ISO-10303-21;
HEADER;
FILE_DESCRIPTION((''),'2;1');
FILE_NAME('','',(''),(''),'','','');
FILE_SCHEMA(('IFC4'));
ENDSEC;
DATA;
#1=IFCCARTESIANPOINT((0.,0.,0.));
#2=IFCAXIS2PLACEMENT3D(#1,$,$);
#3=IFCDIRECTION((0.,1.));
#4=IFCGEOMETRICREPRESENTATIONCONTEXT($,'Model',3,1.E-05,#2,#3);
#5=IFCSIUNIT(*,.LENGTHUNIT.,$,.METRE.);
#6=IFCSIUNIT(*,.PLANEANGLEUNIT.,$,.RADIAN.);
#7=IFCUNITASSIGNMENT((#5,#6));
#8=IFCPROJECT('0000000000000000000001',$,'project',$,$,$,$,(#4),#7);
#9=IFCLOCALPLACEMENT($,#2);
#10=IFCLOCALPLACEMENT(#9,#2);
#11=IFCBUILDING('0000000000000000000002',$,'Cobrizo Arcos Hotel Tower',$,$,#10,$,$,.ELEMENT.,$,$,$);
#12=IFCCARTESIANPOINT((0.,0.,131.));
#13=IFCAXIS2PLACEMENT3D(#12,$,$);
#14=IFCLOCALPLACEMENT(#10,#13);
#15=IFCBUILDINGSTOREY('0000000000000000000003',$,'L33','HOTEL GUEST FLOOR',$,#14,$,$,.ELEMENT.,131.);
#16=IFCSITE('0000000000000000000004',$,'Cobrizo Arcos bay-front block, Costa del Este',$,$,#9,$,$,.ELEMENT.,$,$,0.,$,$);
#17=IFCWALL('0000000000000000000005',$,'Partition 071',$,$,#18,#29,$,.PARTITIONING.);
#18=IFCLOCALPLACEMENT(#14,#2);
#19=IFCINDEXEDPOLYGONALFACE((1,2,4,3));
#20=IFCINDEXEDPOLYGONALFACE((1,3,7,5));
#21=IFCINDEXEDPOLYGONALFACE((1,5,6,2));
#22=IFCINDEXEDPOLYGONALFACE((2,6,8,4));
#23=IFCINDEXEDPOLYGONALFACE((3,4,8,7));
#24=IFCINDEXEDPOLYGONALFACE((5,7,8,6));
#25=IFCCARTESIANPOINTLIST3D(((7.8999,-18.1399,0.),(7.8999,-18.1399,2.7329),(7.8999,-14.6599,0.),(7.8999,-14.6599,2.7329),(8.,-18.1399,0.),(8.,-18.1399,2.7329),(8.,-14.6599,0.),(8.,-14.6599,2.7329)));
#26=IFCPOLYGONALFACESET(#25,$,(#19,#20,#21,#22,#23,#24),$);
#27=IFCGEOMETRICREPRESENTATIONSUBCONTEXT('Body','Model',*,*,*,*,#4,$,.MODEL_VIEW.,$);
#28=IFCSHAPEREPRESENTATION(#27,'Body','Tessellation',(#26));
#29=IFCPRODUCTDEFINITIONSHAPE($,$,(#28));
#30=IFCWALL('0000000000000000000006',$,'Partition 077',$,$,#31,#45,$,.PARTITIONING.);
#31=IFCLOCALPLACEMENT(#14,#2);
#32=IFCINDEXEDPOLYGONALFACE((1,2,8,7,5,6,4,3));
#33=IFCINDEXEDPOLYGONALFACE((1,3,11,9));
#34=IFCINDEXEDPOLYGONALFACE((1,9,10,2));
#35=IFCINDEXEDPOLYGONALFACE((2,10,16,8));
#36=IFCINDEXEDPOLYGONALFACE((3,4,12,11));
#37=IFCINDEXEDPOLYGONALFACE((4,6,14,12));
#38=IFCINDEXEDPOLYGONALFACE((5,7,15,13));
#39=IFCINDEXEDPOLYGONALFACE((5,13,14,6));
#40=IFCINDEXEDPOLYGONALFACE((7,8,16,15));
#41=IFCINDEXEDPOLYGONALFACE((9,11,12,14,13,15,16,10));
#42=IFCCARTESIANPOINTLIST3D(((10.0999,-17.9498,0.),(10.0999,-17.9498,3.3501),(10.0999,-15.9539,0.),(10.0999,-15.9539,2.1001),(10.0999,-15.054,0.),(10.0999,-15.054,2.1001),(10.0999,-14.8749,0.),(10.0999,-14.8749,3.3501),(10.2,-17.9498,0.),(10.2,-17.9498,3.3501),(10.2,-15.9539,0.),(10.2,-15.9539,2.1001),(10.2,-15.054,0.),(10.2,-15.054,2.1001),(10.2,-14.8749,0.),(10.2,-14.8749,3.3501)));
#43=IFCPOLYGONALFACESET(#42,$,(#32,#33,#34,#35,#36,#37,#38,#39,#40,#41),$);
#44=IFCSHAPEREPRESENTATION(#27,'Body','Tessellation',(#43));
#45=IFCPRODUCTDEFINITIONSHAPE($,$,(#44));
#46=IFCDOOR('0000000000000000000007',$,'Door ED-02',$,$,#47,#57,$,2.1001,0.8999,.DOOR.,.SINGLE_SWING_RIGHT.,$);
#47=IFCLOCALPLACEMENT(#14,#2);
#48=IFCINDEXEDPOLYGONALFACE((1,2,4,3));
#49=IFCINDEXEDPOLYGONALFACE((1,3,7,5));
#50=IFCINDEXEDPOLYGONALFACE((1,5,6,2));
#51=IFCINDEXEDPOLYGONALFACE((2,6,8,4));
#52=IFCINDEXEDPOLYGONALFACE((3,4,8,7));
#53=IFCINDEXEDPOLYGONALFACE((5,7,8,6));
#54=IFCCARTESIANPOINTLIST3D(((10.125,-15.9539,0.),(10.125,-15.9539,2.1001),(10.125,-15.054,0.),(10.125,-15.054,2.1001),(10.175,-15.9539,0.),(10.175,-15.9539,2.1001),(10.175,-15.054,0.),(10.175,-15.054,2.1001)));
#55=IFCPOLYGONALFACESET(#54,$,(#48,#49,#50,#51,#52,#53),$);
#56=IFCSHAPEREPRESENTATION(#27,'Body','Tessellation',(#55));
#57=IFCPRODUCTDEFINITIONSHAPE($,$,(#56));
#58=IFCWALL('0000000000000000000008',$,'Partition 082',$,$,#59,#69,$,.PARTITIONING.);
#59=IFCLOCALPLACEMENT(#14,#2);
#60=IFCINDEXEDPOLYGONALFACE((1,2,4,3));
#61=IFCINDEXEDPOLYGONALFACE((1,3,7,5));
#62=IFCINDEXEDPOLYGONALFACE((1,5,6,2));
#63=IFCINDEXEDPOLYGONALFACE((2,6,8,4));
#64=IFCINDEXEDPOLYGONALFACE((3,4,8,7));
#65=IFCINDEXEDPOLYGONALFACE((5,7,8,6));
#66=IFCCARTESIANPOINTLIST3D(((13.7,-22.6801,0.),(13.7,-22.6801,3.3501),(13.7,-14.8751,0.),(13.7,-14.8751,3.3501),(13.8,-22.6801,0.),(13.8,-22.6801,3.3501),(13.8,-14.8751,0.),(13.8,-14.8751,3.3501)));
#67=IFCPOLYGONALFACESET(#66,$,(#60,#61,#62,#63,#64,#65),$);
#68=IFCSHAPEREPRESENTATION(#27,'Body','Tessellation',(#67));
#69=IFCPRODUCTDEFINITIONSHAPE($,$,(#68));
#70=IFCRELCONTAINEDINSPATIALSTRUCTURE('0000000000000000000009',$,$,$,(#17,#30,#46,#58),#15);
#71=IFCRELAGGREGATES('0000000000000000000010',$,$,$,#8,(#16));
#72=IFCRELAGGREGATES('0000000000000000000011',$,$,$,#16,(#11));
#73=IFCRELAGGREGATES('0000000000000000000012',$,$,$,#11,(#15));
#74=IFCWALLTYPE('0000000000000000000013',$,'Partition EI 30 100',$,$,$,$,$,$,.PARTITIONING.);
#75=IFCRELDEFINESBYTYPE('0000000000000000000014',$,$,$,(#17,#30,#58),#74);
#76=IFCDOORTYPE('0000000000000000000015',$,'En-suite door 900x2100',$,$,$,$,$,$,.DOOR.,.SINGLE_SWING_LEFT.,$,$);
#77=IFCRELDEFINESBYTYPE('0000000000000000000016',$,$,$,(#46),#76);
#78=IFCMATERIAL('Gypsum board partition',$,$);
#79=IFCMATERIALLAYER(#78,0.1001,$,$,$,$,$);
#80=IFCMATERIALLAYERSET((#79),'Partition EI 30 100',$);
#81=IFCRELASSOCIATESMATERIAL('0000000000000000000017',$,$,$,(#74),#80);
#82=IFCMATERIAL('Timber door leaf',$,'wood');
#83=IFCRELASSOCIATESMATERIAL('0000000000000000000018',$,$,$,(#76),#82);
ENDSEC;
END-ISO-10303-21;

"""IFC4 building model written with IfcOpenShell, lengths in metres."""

from ifc_helpers import new_model, si_unit, direction, frame, frame_2d, origin, place, context, subcontext, project, spatial, rectangle, extrude, material, layer, layer_set, type_object, element, fill, save


model = new_model("IFC4")

# Units and contexts
model_context = context("Model", 3, precision=1e-05, world=origin(), true_north=direction((0.0, 1.0)))
body_context = subcontext(model_context, "Body", "Model", "MODEL_VIEW")
ifc_project = project(units=[si_unit("LENGTHUNIT", "METRE"), si_unit("PLANEANGLEUNIT", "RADIAN")], contexts=[model_context])

# Site, building, storey
site_placement = place(None, origin())
site = spatial("IfcSite", under=ifc_project, at=site_placement, Name="Cobrizo Arcos bay-front block, Costa del Este", CompositionType="ELEMENT", RefElevation=0.0)
building_placement = place(site_placement, origin())
building = spatial("IfcBuilding", under=site, at=building_placement, Name="Cobrizo Arcos Hotel Tower", CompositionType="ELEMENT")
storey_placement = place(building_placement, frame((0.0, 0.0, 131.0)))
storey = spatial("IfcBuildingStorey", under=building, at=storey_placement, Name="L33", Description="HOTEL GUEST FLOOR", CompositionType="ELEMENT", Elevation=131.0)

# Shared definitions
ifc_material_1 = material(Name="Gypsum board partition")
ifc_material_2 = material(Name="Timber door leaf", Category="wood")

# Wall
ifc_layer_1 = layer(ifc_material_1, 0.1001)
ifc_layer_set_1 = layer_set([ifc_layer_1], Name="Partition EI 30 100")
wall_type_1 = type_object("IfcWallType", Name="Partition EI 30 100", PredefinedType="PARTITIONING", material=ifc_layer_set_1)
wall_1_placement = place(storey_placement, frame((7.95, -18.1399, 0.0), z_axis=(0.0, 0.0, 1.0), x_axis=(0.0, 1.0, 0.0)))
element("IfcWall", 1, at=wall_1_placement, inside=storey, type_object=wall_type_1, Name="Partition 071", PredefinedType="PARTITIONING", context=body_context, shape_type="SweptSolid", body=[
    extrude(rectangle(XDim=3.48, YDim=0.1001, at=frame_2d((1.74, 0.0))), origin(), (0.0, 0.0, 1.0), 2.7329),
])

# Wall, opening, door
wall_2_placement = place(storey_placement, frame((10.1499, -17.95, 0.0), z_axis=(0.0, 0.0, 1.0), x_axis=(0.0, 1.0, 0.0)))
wall_2 = element("IfcWall", 2, at=wall_2_placement, inside=storey, type_object=wall_type_1, Name="Partition 077", PredefinedType="PARTITIONING", context=body_context, shape_type="SweptSolid", body=[
    extrude(rectangle(XDim=3.075, YDim=0.1001, at=frame_2d((1.5376, 0.0))), origin(), (0.0, 0.0, 1.0), 3.3501),
])
opening_1_placement = place(wall_2_placement, frame((1.9961, 0.0, 0.0)))
opening_1 = element("IfcOpeningElement", 3, at=opening_1_placement, cuts=wall_2, PredefinedType="OPENING", context=body_context, shape_type="SweptSolid", body=[
    extrude(rectangle(XDim=0.8999, YDim=2.1001, at=frame_2d((0.45, 1.05))), frame((0.0, 0.062, 0.0), z_axis=(0.0, -1.0, 0.0), x_axis=(1.0, 0.0, 0.0)), (0.0, 0.0, 1.0), 0.124),
])
door_type_1 = type_object("IfcDoorType", Name="En-suite door 900x2100", OperationType="SINGLE_SWING_LEFT", PredefinedType="DOOR", material=ifc_material_2)
door_1_placement = place(opening_1_placement, origin())
door_1 = element("IfcDoor", 4, at=door_1_placement, inside=storey, type_object=door_type_1, Name="Door ED-02", OperationType="SINGLE_SWING_RIGHT", OverallHeight=2.1001, OverallWidth=0.8999, PredefinedType="DOOR", context=body_context, shape_type="SweptSolid", body=[
    extrude(rectangle(XDim=0.8999, YDim=2.1001, at=frame_2d((0.45, 1.05))), frame((0.0, 0.0249, 0.0), z_axis=(0.0, -1.0, 0.0), x_axis=(1.0, 0.0, 0.0)), (0.0, 0.0, 1.0), 0.05),
])
fill(opening_1, door_1)

# Wall
wall_3_placement = place(storey_placement, frame((13.75, -22.6799, 0.0), z_axis=(0.0, 0.0, 1.0), x_axis=(0.0, 1.0, 0.0)))
element("IfcWall", 5, at=wall_3_placement, inside=storey, type_object=wall_type_1, Name="Partition 082", PredefinedType="PARTITIONING", context=body_context, shape_type="SweptSolid", body=[
    extrude(rectangle(XDim=7.8049, YDim=0.1001, at=frame_2d((3.9023, 0.0))), origin(), (0.0, 0.0, 1.0), 3.3501),
])

save(model, "model.ifc")
